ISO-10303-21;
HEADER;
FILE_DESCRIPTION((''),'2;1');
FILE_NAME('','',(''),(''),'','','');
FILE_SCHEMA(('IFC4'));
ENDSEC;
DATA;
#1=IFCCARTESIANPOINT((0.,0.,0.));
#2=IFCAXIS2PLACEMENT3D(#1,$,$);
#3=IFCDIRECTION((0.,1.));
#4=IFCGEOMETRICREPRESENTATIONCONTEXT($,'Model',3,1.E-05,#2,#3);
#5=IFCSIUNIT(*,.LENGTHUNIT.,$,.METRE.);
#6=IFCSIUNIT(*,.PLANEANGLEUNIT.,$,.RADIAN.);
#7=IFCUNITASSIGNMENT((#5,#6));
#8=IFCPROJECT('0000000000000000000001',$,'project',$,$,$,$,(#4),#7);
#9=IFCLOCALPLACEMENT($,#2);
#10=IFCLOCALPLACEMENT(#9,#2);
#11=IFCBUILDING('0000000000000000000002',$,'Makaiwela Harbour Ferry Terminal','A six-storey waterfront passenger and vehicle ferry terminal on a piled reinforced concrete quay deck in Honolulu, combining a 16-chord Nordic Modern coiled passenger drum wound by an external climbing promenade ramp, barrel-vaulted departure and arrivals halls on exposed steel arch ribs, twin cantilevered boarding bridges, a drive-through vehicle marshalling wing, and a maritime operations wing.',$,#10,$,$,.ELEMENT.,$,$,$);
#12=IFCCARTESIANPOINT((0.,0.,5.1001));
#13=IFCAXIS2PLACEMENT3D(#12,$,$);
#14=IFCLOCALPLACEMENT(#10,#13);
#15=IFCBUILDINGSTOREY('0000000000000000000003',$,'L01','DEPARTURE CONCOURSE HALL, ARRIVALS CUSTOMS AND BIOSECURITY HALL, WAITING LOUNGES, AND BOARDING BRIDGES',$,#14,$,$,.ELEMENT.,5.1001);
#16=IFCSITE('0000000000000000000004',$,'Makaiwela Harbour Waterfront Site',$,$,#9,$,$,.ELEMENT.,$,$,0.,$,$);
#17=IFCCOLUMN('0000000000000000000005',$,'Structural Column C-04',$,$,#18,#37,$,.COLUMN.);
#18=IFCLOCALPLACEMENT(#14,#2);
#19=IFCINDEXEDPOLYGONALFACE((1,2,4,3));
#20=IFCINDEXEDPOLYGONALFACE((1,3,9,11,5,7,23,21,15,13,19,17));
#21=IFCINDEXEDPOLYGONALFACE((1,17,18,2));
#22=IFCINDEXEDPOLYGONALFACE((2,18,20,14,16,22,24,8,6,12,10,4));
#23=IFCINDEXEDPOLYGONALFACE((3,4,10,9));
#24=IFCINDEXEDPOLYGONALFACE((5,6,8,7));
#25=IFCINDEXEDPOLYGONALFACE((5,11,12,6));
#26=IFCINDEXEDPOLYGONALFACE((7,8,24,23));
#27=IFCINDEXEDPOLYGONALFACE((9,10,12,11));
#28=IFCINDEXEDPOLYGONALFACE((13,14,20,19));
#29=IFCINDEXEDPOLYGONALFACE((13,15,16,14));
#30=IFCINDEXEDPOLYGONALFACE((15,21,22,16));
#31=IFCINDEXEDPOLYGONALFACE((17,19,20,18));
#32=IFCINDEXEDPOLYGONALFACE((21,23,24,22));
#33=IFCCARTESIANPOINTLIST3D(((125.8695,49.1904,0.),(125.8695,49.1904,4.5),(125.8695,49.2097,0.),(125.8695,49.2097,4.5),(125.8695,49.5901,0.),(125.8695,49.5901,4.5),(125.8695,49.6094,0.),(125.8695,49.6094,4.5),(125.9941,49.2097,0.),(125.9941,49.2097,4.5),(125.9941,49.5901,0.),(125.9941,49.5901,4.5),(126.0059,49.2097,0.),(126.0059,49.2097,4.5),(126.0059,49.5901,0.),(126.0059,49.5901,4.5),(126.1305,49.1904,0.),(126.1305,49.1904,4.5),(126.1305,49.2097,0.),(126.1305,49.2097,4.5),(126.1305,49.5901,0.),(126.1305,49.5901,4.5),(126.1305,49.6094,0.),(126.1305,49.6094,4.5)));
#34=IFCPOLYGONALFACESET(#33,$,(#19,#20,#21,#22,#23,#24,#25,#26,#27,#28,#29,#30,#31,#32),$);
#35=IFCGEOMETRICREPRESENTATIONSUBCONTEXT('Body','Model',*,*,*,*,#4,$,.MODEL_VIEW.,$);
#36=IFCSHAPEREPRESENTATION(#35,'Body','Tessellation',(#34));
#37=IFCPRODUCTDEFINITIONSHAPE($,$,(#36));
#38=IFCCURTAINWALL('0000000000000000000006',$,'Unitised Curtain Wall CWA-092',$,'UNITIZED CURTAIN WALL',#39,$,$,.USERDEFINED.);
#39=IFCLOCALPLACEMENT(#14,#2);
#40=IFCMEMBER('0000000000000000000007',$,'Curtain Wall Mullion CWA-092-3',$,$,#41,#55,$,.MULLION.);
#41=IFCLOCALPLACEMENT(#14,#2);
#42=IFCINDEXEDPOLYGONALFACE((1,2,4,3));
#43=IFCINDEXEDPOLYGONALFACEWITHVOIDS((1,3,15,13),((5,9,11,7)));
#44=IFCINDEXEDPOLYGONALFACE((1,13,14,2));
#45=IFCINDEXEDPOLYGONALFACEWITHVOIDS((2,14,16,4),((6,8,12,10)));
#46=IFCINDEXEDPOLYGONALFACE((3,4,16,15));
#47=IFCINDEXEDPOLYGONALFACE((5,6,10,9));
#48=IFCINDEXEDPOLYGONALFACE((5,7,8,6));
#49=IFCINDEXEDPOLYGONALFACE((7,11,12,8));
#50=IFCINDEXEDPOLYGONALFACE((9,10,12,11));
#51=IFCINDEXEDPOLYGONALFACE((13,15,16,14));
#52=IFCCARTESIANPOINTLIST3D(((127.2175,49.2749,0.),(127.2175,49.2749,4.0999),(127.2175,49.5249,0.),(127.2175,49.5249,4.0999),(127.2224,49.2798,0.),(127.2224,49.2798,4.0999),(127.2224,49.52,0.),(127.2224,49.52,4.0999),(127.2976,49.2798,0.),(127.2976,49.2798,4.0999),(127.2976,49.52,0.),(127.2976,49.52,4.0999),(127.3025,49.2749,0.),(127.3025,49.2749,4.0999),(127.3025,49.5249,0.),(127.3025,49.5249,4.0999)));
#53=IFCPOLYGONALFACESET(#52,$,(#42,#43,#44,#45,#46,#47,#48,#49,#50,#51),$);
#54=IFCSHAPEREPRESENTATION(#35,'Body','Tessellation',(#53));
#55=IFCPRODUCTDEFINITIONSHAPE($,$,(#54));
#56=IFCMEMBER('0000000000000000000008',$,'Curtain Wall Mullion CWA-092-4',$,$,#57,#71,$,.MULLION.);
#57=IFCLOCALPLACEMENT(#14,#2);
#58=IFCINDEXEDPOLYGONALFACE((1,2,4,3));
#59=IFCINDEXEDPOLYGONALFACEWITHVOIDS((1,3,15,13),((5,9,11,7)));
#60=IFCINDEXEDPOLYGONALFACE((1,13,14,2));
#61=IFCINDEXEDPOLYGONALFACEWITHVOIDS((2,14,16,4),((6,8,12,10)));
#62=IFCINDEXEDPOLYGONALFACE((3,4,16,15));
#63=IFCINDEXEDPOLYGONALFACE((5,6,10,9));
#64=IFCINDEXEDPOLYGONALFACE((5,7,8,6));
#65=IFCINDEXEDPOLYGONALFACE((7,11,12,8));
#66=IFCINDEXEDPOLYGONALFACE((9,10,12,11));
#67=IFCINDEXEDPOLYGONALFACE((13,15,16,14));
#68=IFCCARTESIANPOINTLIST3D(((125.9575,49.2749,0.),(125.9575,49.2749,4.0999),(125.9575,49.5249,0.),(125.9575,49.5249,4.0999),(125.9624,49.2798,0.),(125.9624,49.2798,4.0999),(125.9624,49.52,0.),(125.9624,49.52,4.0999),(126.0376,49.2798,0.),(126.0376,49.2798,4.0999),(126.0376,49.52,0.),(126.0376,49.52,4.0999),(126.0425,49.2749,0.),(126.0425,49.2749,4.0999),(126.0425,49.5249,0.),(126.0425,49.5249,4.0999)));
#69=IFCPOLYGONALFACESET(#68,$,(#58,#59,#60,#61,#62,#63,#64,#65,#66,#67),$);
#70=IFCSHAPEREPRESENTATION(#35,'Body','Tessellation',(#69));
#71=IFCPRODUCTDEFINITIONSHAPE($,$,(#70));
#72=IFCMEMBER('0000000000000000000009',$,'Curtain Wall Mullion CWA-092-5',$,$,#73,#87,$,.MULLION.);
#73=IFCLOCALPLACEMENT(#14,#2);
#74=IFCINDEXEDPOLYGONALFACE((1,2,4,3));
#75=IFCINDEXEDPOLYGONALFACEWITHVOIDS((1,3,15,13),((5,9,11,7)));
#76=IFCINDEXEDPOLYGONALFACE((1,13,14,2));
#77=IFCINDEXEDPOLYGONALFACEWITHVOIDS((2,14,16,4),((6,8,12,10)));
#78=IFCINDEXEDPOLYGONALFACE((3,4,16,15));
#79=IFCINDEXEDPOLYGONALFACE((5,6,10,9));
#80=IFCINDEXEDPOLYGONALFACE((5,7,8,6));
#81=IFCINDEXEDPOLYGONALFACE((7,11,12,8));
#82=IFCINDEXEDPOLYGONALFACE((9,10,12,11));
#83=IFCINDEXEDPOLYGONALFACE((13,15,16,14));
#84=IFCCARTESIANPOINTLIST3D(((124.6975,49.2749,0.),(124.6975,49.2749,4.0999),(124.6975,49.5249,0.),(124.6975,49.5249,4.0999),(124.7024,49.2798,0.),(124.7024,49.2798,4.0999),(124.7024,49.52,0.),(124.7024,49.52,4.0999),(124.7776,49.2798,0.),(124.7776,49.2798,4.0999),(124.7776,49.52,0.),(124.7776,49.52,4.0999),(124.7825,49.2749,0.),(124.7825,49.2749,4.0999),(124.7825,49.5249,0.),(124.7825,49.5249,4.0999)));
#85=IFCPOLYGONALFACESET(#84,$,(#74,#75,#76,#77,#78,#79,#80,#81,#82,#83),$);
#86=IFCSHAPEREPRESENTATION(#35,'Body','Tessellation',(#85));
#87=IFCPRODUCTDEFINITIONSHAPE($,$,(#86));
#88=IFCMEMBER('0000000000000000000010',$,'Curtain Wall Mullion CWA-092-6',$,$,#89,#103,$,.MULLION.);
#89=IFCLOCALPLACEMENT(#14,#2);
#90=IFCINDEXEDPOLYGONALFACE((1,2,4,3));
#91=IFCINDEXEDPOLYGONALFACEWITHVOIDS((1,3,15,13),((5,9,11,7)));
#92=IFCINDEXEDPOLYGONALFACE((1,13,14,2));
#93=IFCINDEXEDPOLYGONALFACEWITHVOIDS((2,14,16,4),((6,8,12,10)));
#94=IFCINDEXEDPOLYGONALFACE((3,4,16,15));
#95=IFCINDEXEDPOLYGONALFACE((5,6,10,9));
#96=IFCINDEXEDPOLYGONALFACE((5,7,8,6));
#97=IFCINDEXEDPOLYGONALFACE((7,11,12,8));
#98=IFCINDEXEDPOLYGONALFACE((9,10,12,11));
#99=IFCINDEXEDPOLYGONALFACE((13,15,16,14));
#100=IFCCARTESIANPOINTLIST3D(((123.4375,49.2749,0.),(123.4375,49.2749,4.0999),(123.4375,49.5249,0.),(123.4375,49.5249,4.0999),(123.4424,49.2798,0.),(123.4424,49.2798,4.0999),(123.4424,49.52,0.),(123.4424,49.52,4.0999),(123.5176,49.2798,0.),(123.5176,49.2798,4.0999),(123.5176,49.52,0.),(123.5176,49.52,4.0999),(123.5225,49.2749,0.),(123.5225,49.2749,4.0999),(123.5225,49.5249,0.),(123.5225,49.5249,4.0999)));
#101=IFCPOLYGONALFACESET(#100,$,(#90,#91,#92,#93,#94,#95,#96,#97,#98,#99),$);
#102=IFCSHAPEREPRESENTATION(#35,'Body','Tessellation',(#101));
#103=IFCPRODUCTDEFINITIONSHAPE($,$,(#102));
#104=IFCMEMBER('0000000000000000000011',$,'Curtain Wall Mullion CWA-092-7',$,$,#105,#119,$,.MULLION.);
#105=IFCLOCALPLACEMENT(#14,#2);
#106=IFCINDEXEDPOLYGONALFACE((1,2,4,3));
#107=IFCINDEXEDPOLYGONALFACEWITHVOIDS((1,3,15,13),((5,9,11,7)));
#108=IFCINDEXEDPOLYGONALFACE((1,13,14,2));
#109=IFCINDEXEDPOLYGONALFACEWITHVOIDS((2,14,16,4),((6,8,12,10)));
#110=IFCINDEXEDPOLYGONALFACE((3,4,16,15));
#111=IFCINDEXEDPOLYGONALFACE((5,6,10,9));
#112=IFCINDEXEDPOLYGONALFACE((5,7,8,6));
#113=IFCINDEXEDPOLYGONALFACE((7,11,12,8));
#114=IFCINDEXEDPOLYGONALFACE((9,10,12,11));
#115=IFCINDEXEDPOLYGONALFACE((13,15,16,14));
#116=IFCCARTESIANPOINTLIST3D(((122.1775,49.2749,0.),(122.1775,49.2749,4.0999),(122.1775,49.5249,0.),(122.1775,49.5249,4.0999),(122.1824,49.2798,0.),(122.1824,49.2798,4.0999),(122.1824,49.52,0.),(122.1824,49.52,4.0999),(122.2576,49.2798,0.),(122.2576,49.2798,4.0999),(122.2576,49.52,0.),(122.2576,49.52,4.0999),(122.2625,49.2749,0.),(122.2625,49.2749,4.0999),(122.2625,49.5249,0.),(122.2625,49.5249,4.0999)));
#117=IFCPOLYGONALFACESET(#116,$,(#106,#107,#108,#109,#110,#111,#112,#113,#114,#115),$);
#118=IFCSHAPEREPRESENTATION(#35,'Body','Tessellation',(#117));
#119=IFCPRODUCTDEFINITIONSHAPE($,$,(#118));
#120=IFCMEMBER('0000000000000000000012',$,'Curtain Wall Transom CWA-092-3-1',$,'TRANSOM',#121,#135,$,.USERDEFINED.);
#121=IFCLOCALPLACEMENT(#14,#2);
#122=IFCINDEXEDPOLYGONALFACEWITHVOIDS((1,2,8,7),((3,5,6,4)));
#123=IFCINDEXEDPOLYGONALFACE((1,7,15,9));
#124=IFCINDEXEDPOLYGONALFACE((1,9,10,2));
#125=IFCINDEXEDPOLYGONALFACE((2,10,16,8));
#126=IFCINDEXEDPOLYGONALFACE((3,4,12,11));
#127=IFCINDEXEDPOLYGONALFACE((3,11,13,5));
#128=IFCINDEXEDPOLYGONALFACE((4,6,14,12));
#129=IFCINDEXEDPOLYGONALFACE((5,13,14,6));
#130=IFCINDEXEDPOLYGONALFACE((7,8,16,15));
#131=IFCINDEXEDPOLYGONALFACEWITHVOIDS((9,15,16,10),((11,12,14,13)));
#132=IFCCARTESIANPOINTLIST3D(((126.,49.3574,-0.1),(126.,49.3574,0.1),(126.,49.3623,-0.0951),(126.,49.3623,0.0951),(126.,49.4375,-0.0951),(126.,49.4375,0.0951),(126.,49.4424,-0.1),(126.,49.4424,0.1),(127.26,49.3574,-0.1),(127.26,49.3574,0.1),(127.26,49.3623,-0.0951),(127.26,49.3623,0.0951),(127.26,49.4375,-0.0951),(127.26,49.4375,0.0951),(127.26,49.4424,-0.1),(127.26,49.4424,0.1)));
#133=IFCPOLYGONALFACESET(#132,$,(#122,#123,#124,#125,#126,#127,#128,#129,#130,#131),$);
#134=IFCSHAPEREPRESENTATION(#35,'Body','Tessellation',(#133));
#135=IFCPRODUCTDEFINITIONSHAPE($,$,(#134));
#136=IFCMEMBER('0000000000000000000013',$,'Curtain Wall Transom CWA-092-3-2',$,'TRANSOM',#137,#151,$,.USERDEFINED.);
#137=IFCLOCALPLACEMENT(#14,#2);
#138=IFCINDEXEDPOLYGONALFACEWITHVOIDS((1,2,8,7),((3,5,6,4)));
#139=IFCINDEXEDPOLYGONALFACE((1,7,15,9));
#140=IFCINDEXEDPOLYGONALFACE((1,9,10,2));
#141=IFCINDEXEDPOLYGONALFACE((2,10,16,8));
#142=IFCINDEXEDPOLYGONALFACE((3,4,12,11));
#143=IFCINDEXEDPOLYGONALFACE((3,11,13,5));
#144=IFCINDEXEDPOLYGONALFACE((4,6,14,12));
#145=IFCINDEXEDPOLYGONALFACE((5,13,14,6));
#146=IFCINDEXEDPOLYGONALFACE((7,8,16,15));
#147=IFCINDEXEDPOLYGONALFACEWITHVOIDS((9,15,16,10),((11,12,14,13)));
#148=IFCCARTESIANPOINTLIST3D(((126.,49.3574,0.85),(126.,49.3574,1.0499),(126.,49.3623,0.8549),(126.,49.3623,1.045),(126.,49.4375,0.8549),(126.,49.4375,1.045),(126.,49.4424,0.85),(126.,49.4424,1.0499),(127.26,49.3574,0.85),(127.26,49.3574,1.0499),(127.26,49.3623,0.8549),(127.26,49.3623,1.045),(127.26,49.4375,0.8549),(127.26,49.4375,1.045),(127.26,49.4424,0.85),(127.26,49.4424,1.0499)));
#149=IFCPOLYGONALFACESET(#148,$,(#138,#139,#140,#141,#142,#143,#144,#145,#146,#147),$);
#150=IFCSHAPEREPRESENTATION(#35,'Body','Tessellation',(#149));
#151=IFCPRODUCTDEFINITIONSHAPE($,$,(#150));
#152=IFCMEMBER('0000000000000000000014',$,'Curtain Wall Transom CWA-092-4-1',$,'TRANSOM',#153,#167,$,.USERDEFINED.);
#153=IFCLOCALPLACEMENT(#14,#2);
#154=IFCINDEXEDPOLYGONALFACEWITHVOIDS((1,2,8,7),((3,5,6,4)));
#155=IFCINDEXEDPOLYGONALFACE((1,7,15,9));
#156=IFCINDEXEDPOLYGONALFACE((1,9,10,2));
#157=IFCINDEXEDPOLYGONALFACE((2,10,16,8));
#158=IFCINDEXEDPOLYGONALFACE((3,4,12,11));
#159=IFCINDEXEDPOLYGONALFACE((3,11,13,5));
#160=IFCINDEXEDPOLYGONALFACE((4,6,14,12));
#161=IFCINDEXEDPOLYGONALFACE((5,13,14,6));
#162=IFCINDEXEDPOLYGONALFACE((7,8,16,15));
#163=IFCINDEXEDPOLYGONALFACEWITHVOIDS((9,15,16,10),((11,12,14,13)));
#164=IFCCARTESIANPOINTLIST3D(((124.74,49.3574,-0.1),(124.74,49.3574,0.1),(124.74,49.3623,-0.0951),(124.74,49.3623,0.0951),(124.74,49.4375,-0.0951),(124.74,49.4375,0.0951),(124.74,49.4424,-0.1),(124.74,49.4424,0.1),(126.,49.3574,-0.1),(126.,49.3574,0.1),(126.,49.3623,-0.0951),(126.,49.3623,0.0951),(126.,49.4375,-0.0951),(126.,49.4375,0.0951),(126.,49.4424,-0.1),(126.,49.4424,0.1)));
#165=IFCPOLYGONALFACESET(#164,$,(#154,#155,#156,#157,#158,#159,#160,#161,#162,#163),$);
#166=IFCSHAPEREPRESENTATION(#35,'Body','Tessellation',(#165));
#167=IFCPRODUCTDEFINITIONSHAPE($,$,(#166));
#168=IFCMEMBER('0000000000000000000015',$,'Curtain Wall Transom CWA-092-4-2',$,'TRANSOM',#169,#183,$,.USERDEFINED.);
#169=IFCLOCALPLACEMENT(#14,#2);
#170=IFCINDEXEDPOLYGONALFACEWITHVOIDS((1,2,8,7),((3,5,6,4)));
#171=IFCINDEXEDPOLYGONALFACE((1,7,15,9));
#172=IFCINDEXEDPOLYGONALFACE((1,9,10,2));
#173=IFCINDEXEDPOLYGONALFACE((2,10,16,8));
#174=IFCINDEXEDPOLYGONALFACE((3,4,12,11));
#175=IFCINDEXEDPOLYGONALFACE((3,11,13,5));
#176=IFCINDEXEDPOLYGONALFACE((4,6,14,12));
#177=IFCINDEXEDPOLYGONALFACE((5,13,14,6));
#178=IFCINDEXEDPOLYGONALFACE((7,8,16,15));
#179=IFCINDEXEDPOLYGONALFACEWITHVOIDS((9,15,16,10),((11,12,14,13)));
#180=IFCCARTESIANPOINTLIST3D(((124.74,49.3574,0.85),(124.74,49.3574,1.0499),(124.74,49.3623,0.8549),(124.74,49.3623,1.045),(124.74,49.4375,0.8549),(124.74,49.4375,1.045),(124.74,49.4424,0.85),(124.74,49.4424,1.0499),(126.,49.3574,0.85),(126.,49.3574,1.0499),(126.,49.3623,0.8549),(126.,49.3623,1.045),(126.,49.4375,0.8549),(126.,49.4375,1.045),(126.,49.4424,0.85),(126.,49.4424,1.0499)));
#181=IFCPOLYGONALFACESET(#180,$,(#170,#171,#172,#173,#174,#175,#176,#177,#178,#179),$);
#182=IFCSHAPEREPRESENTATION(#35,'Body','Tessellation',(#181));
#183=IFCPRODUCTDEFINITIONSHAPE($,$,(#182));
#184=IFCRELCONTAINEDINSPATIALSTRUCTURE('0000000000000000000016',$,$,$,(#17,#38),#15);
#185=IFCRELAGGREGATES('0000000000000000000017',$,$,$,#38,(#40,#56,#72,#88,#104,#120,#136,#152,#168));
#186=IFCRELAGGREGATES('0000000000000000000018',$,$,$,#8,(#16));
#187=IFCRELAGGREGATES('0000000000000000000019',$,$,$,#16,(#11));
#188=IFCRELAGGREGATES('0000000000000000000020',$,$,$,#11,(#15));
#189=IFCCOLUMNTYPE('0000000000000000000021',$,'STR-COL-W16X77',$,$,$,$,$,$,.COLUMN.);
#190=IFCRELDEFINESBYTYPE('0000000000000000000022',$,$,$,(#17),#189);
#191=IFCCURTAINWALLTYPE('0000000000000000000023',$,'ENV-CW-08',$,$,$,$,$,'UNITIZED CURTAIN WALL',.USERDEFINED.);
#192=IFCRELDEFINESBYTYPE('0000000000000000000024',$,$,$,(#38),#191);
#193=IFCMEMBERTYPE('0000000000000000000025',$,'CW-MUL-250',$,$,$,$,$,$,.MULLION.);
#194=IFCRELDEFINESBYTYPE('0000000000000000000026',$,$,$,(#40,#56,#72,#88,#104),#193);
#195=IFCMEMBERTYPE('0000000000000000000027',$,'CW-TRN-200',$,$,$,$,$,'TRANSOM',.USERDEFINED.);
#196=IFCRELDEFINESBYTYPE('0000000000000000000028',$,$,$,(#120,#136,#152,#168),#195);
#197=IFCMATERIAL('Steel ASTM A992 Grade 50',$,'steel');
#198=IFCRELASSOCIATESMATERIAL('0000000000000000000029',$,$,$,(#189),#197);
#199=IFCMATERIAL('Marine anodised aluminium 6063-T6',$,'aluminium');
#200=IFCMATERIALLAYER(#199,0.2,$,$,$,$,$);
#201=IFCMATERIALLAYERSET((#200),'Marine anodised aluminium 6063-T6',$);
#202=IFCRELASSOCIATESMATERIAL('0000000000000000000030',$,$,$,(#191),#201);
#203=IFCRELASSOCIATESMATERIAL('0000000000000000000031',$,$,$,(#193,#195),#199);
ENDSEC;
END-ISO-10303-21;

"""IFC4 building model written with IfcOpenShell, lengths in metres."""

from ifc_helpers import new_model, si_unit, direction, frame, origin, origin_2d, place, context, subcontext, project, spatial, hollow_rectangle, i_section, extrude, material, layer, layer_set, material_profile, profile_set, type_object, element, aggregate, save


model = new_model("IFC4")

# Units and contexts
model_context = context("Model", 3, precision=1e-05, world=origin(), true_north=direction((0.0, 1.0)))
body_context = subcontext(model_context, "Body", "Model", "MODEL_VIEW")
ifc_project = project(units=[si_unit("LENGTHUNIT", "METRE"), si_unit("PLANEANGLEUNIT", "RADIAN")], contexts=[model_context])

# Site, building, storey
site_placement = place(None, origin())
site = spatial("IfcSite", under=ifc_project, at=site_placement, Name="Makaiwela Harbour Waterfront Site", CompositionType="ELEMENT", RefElevation=0.0)
building_placement = place(site_placement, origin())
building = spatial("IfcBuilding", under=site, at=building_placement, Name="Makaiwela Harbour Ferry Terminal", Description="A six-storey waterfront passenger and vehicle ferry terminal on a piled reinforced concrete quay deck in Honolulu, combining a 16-chord Nordic Modern coiled passenger drum wound by an external climbing promenade ramp, barrel-vaulted departure and arrivals halls on exposed steel arch ribs, twin cantilevered boarding bridges, a drive-through vehicle marshalling wing, and a maritime operations wing.", CompositionType="ELEMENT")
storey_placement = place(building_placement, frame((0.0, 0.0, 5.1001)))
storey = spatial("IfcBuildingStorey", under=building, at=storey_placement, Name="L01", Description="DEPARTURE CONCOURSE HALL, ARRIVALS CUSTOMS AND BIOSECURITY HALL, WAITING LOUNGES, AND BOARDING BRIDGES", CompositionType="ELEMENT", Elevation=5.1001)

# Column
ifc_material_1 = material(Name="Steel ASTM A992 Grade 50", Category="steel")
ifc_material_profile_1 = material_profile(ifc_material_1, i_section(OverallWidth=0.261, OverallDepth=0.4189, WebThickness=0.0117, FlangeThickness=0.0193, at=origin_2d()), Name="W16X77")
ifc_profile_set_1 = profile_set([ifc_material_profile_1], Name="Steel ASTM A992 Grade 50")
column_type = type_object("IfcColumnType", Name="STR-COL-W16X77", PredefinedType="COLUMN", material=ifc_profile_set_1)
column_placement = place(storey_placement, frame((126.0, 49.3999, 0.0), z_axis=(0.0, 0.0, 1.0), x_axis=(1.0, 0.0, 0.0)))
element("IfcColumn", 1, at=column_placement, inside=storey, type_object=column_type, Name="Structural Column C-04", PredefinedType="COLUMN", context=body_context, shape_type="SweptSolid", body=[
    extrude(i_section(OverallWidth=0.261, OverallDepth=0.4189, WebThickness=0.0117, FlangeThickness=0.0193, at=origin_2d()), origin(), (0.0, 0.0, 1.0), 4.5),
])

# Curtain wall, members
ifc_material_2 = material(Name="Marine anodised aluminium 6063-T6", Category="aluminium")
ifc_layer_1 = layer(ifc_material_2, 0.2)
ifc_layer_set_1 = layer_set([ifc_layer_1], Name="Marine anodised aluminium 6063-T6")
curtain_wall_type = type_object("IfcCurtainWallType", Name="ENV-CW-08", ElementType="UNITIZED CURTAIN WALL", PredefinedType="USERDEFINED", material=ifc_layer_set_1)
curtain_wall_placement = place(storey_placement, origin())
curtain_wall = element("IfcCurtainWall", 2, at=curtain_wall_placement, inside=storey, type_object=curtain_wall_type, Name="Unitised Curtain Wall CWA-092", ObjectType="UNITIZED CURTAIN WALL", PredefinedType="USERDEFINED")
ifc_material_profile_2 = material_profile(ifc_material_2, hollow_rectangle(XDim=0.085, YDim=0.25, WallThickness=0.0049, at=origin_2d()), Name="CWM-250X85")
ifc_profile_set_2 = profile_set([ifc_material_profile_2], Name="Marine anodised aluminium 6063-T6")
member_type_1 = type_object("IfcMemberType", Name="CW-MUL-250", PredefinedType="MULLION", material=ifc_profile_set_2)
member_1_placement = place(storey_placement, frame((127.26, 49.3999, 0.0), z_axis=(0.0, 0.0, 1.0), x_axis=(1.0, 0.0, 0.0)))
member_1 = element("IfcMember", 3, at=member_1_placement, type_object=member_type_1, Name="Curtain Wall Mullion CWA-092-3", PredefinedType="MULLION", context=body_context, shape_type="SweptSolid", body=[
    extrude(hollow_rectangle(XDim=0.085, YDim=0.25, WallThickness=0.0049, at=origin_2d()), origin(), (0.0, 0.0, 1.0), 4.0999),
])
member_2_placement = place(storey_placement, frame((126.0, 49.3999, 0.0), z_axis=(0.0, 0.0, 1.0), x_axis=(1.0, 0.0, 0.0)))
member_2 = element("IfcMember", 4, at=member_2_placement, type_object=member_type_1, Name="Curtain Wall Mullion CWA-092-4", PredefinedType="MULLION", context=body_context, shape_type="SweptSolid", body=[
    extrude(hollow_rectangle(XDim=0.085, YDim=0.25, WallThickness=0.0049, at=origin_2d()), origin(), (0.0, 0.0, 1.0), 4.0999),
])
member_3_placement = place(storey_placement, frame((124.74, 49.3999, 0.0), z_axis=(0.0, 0.0, 1.0), x_axis=(1.0, 0.0, 0.0)))
member_3 = element("IfcMember", 5, at=member_3_placement, type_object=member_type_1, Name="Curtain Wall Mullion CWA-092-5", PredefinedType="MULLION", context=body_context, shape_type="SweptSolid", body=[
    extrude(hollow_rectangle(XDim=0.085, YDim=0.25, WallThickness=0.0049, at=origin_2d()), origin(), (0.0, 0.0, 1.0), 4.0999),
])
member_4_placement = place(storey_placement, frame((123.48, 49.3999, 0.0), z_axis=(0.0, 0.0, 1.0), x_axis=(1.0, 0.0, 0.0)))
member_4 = element("IfcMember", 6, at=member_4_placement, type_object=member_type_1, Name="Curtain Wall Mullion CWA-092-6", PredefinedType="MULLION", context=body_context, shape_type="SweptSolid", body=[
    extrude(hollow_rectangle(XDim=0.085, YDim=0.25, WallThickness=0.0049, at=origin_2d()), origin(), (0.0, 0.0, 1.0), 4.0999),
])
member_5_placement = place(storey_placement, frame((122.22, 49.3999, 0.0), z_axis=(0.0, 0.0, 1.0), x_axis=(1.0, 0.0, 0.0)))
member_5 = element("IfcMember", 7, at=member_5_placement, type_object=member_type_1, Name="Curtain Wall Mullion CWA-092-7", PredefinedType="MULLION", context=body_context, shape_type="SweptSolid", body=[
    extrude(hollow_rectangle(XDim=0.085, YDim=0.25, WallThickness=0.0049, at=origin_2d()), origin(), (0.0, 0.0, 1.0), 4.0999),
])
ifc_material_profile_3 = material_profile(ifc_material_2, hollow_rectangle(XDim=0.085, YDim=0.2, WallThickness=0.0049, at=origin_2d()), Name="CWT-200X85")
ifc_profile_set_3 = profile_set([ifc_material_profile_3], Name="Marine anodised aluminium 6063-T6")
member_type_2 = type_object("IfcMemberType", Name="CW-TRN-200", ElementType="TRANSOM", PredefinedType="USERDEFINED", material=ifc_profile_set_3)
member_6_placement = place(storey_placement, frame((127.26, 49.3999, 0.0), z_axis=(-1.0, 0.0, 0.0), x_axis=(0.0, -1.0, 0.0)))
member_6 = element("IfcMember", 8, at=member_6_placement, type_object=member_type_2, Name="Curtain Wall Transom CWA-092-3-1", ObjectType="TRANSOM", PredefinedType="USERDEFINED", context=body_context, shape_type="SweptSolid", body=[
    extrude(hollow_rectangle(XDim=0.085, YDim=0.2, WallThickness=0.0049, at=origin_2d()), origin(), (0.0, 0.0, 1.0), 1.26),
])
member_7_placement = place(storey_placement, frame((127.26, 49.3999, 0.95), z_axis=(-1.0, 0.0, 0.0), x_axis=(0.0, -1.0, 0.0)))
member_7 = element("IfcMember", 9, at=member_7_placement, type_object=member_type_2, Name="Curtain Wall Transom CWA-092-3-2", ObjectType="TRANSOM", PredefinedType="USERDEFINED", context=body_context, shape_type="SweptSolid", body=[
    extrude(hollow_rectangle(XDim=0.085, YDim=0.2, WallThickness=0.0049, at=origin_2d()), origin(), (0.0, 0.0, 1.0), 1.26),
])
member_8_placement = place(storey_placement, frame((126.0, 49.3999, 0.0), z_axis=(-1.0, 0.0, 0.0), x_axis=(0.0, -1.0, 0.0)))
member_8 = element("IfcMember", 10, at=member_8_placement, type_object=member_type_2, Name="Curtain Wall Transom CWA-092-4-1", ObjectType="TRANSOM", PredefinedType="USERDEFINED", context=body_context, shape_type="SweptSolid", body=[
    extrude(hollow_rectangle(XDim=0.085, YDim=0.2, WallThickness=0.0049, at=origin_2d()), origin(), (0.0, 0.0, 1.0), 1.26),
])
member_9_placement = place(storey_placement, frame((126.0, 49.3999, 0.95), z_axis=(-1.0, 0.0, 0.0), x_axis=(0.0, -1.0, 0.0)))
member_9 = element("IfcMember", 11, at=member_9_placement, type_object=member_type_2, Name="Curtain Wall Transom CWA-092-4-2", ObjectType="TRANSOM", PredefinedType="USERDEFINED", context=body_context, shape_type="SweptSolid", body=[
    extrude(hollow_rectangle(XDim=0.085, YDim=0.2, WallThickness=0.0049, at=origin_2d()), origin(), (0.0, 0.0, 1.0), 1.26),
])

aggregate(curtain_wall, [member_1, member_2, member_3, member_4, member_5, member_6, member_7, member_8, member_9])

save(model, "model.ifc")
